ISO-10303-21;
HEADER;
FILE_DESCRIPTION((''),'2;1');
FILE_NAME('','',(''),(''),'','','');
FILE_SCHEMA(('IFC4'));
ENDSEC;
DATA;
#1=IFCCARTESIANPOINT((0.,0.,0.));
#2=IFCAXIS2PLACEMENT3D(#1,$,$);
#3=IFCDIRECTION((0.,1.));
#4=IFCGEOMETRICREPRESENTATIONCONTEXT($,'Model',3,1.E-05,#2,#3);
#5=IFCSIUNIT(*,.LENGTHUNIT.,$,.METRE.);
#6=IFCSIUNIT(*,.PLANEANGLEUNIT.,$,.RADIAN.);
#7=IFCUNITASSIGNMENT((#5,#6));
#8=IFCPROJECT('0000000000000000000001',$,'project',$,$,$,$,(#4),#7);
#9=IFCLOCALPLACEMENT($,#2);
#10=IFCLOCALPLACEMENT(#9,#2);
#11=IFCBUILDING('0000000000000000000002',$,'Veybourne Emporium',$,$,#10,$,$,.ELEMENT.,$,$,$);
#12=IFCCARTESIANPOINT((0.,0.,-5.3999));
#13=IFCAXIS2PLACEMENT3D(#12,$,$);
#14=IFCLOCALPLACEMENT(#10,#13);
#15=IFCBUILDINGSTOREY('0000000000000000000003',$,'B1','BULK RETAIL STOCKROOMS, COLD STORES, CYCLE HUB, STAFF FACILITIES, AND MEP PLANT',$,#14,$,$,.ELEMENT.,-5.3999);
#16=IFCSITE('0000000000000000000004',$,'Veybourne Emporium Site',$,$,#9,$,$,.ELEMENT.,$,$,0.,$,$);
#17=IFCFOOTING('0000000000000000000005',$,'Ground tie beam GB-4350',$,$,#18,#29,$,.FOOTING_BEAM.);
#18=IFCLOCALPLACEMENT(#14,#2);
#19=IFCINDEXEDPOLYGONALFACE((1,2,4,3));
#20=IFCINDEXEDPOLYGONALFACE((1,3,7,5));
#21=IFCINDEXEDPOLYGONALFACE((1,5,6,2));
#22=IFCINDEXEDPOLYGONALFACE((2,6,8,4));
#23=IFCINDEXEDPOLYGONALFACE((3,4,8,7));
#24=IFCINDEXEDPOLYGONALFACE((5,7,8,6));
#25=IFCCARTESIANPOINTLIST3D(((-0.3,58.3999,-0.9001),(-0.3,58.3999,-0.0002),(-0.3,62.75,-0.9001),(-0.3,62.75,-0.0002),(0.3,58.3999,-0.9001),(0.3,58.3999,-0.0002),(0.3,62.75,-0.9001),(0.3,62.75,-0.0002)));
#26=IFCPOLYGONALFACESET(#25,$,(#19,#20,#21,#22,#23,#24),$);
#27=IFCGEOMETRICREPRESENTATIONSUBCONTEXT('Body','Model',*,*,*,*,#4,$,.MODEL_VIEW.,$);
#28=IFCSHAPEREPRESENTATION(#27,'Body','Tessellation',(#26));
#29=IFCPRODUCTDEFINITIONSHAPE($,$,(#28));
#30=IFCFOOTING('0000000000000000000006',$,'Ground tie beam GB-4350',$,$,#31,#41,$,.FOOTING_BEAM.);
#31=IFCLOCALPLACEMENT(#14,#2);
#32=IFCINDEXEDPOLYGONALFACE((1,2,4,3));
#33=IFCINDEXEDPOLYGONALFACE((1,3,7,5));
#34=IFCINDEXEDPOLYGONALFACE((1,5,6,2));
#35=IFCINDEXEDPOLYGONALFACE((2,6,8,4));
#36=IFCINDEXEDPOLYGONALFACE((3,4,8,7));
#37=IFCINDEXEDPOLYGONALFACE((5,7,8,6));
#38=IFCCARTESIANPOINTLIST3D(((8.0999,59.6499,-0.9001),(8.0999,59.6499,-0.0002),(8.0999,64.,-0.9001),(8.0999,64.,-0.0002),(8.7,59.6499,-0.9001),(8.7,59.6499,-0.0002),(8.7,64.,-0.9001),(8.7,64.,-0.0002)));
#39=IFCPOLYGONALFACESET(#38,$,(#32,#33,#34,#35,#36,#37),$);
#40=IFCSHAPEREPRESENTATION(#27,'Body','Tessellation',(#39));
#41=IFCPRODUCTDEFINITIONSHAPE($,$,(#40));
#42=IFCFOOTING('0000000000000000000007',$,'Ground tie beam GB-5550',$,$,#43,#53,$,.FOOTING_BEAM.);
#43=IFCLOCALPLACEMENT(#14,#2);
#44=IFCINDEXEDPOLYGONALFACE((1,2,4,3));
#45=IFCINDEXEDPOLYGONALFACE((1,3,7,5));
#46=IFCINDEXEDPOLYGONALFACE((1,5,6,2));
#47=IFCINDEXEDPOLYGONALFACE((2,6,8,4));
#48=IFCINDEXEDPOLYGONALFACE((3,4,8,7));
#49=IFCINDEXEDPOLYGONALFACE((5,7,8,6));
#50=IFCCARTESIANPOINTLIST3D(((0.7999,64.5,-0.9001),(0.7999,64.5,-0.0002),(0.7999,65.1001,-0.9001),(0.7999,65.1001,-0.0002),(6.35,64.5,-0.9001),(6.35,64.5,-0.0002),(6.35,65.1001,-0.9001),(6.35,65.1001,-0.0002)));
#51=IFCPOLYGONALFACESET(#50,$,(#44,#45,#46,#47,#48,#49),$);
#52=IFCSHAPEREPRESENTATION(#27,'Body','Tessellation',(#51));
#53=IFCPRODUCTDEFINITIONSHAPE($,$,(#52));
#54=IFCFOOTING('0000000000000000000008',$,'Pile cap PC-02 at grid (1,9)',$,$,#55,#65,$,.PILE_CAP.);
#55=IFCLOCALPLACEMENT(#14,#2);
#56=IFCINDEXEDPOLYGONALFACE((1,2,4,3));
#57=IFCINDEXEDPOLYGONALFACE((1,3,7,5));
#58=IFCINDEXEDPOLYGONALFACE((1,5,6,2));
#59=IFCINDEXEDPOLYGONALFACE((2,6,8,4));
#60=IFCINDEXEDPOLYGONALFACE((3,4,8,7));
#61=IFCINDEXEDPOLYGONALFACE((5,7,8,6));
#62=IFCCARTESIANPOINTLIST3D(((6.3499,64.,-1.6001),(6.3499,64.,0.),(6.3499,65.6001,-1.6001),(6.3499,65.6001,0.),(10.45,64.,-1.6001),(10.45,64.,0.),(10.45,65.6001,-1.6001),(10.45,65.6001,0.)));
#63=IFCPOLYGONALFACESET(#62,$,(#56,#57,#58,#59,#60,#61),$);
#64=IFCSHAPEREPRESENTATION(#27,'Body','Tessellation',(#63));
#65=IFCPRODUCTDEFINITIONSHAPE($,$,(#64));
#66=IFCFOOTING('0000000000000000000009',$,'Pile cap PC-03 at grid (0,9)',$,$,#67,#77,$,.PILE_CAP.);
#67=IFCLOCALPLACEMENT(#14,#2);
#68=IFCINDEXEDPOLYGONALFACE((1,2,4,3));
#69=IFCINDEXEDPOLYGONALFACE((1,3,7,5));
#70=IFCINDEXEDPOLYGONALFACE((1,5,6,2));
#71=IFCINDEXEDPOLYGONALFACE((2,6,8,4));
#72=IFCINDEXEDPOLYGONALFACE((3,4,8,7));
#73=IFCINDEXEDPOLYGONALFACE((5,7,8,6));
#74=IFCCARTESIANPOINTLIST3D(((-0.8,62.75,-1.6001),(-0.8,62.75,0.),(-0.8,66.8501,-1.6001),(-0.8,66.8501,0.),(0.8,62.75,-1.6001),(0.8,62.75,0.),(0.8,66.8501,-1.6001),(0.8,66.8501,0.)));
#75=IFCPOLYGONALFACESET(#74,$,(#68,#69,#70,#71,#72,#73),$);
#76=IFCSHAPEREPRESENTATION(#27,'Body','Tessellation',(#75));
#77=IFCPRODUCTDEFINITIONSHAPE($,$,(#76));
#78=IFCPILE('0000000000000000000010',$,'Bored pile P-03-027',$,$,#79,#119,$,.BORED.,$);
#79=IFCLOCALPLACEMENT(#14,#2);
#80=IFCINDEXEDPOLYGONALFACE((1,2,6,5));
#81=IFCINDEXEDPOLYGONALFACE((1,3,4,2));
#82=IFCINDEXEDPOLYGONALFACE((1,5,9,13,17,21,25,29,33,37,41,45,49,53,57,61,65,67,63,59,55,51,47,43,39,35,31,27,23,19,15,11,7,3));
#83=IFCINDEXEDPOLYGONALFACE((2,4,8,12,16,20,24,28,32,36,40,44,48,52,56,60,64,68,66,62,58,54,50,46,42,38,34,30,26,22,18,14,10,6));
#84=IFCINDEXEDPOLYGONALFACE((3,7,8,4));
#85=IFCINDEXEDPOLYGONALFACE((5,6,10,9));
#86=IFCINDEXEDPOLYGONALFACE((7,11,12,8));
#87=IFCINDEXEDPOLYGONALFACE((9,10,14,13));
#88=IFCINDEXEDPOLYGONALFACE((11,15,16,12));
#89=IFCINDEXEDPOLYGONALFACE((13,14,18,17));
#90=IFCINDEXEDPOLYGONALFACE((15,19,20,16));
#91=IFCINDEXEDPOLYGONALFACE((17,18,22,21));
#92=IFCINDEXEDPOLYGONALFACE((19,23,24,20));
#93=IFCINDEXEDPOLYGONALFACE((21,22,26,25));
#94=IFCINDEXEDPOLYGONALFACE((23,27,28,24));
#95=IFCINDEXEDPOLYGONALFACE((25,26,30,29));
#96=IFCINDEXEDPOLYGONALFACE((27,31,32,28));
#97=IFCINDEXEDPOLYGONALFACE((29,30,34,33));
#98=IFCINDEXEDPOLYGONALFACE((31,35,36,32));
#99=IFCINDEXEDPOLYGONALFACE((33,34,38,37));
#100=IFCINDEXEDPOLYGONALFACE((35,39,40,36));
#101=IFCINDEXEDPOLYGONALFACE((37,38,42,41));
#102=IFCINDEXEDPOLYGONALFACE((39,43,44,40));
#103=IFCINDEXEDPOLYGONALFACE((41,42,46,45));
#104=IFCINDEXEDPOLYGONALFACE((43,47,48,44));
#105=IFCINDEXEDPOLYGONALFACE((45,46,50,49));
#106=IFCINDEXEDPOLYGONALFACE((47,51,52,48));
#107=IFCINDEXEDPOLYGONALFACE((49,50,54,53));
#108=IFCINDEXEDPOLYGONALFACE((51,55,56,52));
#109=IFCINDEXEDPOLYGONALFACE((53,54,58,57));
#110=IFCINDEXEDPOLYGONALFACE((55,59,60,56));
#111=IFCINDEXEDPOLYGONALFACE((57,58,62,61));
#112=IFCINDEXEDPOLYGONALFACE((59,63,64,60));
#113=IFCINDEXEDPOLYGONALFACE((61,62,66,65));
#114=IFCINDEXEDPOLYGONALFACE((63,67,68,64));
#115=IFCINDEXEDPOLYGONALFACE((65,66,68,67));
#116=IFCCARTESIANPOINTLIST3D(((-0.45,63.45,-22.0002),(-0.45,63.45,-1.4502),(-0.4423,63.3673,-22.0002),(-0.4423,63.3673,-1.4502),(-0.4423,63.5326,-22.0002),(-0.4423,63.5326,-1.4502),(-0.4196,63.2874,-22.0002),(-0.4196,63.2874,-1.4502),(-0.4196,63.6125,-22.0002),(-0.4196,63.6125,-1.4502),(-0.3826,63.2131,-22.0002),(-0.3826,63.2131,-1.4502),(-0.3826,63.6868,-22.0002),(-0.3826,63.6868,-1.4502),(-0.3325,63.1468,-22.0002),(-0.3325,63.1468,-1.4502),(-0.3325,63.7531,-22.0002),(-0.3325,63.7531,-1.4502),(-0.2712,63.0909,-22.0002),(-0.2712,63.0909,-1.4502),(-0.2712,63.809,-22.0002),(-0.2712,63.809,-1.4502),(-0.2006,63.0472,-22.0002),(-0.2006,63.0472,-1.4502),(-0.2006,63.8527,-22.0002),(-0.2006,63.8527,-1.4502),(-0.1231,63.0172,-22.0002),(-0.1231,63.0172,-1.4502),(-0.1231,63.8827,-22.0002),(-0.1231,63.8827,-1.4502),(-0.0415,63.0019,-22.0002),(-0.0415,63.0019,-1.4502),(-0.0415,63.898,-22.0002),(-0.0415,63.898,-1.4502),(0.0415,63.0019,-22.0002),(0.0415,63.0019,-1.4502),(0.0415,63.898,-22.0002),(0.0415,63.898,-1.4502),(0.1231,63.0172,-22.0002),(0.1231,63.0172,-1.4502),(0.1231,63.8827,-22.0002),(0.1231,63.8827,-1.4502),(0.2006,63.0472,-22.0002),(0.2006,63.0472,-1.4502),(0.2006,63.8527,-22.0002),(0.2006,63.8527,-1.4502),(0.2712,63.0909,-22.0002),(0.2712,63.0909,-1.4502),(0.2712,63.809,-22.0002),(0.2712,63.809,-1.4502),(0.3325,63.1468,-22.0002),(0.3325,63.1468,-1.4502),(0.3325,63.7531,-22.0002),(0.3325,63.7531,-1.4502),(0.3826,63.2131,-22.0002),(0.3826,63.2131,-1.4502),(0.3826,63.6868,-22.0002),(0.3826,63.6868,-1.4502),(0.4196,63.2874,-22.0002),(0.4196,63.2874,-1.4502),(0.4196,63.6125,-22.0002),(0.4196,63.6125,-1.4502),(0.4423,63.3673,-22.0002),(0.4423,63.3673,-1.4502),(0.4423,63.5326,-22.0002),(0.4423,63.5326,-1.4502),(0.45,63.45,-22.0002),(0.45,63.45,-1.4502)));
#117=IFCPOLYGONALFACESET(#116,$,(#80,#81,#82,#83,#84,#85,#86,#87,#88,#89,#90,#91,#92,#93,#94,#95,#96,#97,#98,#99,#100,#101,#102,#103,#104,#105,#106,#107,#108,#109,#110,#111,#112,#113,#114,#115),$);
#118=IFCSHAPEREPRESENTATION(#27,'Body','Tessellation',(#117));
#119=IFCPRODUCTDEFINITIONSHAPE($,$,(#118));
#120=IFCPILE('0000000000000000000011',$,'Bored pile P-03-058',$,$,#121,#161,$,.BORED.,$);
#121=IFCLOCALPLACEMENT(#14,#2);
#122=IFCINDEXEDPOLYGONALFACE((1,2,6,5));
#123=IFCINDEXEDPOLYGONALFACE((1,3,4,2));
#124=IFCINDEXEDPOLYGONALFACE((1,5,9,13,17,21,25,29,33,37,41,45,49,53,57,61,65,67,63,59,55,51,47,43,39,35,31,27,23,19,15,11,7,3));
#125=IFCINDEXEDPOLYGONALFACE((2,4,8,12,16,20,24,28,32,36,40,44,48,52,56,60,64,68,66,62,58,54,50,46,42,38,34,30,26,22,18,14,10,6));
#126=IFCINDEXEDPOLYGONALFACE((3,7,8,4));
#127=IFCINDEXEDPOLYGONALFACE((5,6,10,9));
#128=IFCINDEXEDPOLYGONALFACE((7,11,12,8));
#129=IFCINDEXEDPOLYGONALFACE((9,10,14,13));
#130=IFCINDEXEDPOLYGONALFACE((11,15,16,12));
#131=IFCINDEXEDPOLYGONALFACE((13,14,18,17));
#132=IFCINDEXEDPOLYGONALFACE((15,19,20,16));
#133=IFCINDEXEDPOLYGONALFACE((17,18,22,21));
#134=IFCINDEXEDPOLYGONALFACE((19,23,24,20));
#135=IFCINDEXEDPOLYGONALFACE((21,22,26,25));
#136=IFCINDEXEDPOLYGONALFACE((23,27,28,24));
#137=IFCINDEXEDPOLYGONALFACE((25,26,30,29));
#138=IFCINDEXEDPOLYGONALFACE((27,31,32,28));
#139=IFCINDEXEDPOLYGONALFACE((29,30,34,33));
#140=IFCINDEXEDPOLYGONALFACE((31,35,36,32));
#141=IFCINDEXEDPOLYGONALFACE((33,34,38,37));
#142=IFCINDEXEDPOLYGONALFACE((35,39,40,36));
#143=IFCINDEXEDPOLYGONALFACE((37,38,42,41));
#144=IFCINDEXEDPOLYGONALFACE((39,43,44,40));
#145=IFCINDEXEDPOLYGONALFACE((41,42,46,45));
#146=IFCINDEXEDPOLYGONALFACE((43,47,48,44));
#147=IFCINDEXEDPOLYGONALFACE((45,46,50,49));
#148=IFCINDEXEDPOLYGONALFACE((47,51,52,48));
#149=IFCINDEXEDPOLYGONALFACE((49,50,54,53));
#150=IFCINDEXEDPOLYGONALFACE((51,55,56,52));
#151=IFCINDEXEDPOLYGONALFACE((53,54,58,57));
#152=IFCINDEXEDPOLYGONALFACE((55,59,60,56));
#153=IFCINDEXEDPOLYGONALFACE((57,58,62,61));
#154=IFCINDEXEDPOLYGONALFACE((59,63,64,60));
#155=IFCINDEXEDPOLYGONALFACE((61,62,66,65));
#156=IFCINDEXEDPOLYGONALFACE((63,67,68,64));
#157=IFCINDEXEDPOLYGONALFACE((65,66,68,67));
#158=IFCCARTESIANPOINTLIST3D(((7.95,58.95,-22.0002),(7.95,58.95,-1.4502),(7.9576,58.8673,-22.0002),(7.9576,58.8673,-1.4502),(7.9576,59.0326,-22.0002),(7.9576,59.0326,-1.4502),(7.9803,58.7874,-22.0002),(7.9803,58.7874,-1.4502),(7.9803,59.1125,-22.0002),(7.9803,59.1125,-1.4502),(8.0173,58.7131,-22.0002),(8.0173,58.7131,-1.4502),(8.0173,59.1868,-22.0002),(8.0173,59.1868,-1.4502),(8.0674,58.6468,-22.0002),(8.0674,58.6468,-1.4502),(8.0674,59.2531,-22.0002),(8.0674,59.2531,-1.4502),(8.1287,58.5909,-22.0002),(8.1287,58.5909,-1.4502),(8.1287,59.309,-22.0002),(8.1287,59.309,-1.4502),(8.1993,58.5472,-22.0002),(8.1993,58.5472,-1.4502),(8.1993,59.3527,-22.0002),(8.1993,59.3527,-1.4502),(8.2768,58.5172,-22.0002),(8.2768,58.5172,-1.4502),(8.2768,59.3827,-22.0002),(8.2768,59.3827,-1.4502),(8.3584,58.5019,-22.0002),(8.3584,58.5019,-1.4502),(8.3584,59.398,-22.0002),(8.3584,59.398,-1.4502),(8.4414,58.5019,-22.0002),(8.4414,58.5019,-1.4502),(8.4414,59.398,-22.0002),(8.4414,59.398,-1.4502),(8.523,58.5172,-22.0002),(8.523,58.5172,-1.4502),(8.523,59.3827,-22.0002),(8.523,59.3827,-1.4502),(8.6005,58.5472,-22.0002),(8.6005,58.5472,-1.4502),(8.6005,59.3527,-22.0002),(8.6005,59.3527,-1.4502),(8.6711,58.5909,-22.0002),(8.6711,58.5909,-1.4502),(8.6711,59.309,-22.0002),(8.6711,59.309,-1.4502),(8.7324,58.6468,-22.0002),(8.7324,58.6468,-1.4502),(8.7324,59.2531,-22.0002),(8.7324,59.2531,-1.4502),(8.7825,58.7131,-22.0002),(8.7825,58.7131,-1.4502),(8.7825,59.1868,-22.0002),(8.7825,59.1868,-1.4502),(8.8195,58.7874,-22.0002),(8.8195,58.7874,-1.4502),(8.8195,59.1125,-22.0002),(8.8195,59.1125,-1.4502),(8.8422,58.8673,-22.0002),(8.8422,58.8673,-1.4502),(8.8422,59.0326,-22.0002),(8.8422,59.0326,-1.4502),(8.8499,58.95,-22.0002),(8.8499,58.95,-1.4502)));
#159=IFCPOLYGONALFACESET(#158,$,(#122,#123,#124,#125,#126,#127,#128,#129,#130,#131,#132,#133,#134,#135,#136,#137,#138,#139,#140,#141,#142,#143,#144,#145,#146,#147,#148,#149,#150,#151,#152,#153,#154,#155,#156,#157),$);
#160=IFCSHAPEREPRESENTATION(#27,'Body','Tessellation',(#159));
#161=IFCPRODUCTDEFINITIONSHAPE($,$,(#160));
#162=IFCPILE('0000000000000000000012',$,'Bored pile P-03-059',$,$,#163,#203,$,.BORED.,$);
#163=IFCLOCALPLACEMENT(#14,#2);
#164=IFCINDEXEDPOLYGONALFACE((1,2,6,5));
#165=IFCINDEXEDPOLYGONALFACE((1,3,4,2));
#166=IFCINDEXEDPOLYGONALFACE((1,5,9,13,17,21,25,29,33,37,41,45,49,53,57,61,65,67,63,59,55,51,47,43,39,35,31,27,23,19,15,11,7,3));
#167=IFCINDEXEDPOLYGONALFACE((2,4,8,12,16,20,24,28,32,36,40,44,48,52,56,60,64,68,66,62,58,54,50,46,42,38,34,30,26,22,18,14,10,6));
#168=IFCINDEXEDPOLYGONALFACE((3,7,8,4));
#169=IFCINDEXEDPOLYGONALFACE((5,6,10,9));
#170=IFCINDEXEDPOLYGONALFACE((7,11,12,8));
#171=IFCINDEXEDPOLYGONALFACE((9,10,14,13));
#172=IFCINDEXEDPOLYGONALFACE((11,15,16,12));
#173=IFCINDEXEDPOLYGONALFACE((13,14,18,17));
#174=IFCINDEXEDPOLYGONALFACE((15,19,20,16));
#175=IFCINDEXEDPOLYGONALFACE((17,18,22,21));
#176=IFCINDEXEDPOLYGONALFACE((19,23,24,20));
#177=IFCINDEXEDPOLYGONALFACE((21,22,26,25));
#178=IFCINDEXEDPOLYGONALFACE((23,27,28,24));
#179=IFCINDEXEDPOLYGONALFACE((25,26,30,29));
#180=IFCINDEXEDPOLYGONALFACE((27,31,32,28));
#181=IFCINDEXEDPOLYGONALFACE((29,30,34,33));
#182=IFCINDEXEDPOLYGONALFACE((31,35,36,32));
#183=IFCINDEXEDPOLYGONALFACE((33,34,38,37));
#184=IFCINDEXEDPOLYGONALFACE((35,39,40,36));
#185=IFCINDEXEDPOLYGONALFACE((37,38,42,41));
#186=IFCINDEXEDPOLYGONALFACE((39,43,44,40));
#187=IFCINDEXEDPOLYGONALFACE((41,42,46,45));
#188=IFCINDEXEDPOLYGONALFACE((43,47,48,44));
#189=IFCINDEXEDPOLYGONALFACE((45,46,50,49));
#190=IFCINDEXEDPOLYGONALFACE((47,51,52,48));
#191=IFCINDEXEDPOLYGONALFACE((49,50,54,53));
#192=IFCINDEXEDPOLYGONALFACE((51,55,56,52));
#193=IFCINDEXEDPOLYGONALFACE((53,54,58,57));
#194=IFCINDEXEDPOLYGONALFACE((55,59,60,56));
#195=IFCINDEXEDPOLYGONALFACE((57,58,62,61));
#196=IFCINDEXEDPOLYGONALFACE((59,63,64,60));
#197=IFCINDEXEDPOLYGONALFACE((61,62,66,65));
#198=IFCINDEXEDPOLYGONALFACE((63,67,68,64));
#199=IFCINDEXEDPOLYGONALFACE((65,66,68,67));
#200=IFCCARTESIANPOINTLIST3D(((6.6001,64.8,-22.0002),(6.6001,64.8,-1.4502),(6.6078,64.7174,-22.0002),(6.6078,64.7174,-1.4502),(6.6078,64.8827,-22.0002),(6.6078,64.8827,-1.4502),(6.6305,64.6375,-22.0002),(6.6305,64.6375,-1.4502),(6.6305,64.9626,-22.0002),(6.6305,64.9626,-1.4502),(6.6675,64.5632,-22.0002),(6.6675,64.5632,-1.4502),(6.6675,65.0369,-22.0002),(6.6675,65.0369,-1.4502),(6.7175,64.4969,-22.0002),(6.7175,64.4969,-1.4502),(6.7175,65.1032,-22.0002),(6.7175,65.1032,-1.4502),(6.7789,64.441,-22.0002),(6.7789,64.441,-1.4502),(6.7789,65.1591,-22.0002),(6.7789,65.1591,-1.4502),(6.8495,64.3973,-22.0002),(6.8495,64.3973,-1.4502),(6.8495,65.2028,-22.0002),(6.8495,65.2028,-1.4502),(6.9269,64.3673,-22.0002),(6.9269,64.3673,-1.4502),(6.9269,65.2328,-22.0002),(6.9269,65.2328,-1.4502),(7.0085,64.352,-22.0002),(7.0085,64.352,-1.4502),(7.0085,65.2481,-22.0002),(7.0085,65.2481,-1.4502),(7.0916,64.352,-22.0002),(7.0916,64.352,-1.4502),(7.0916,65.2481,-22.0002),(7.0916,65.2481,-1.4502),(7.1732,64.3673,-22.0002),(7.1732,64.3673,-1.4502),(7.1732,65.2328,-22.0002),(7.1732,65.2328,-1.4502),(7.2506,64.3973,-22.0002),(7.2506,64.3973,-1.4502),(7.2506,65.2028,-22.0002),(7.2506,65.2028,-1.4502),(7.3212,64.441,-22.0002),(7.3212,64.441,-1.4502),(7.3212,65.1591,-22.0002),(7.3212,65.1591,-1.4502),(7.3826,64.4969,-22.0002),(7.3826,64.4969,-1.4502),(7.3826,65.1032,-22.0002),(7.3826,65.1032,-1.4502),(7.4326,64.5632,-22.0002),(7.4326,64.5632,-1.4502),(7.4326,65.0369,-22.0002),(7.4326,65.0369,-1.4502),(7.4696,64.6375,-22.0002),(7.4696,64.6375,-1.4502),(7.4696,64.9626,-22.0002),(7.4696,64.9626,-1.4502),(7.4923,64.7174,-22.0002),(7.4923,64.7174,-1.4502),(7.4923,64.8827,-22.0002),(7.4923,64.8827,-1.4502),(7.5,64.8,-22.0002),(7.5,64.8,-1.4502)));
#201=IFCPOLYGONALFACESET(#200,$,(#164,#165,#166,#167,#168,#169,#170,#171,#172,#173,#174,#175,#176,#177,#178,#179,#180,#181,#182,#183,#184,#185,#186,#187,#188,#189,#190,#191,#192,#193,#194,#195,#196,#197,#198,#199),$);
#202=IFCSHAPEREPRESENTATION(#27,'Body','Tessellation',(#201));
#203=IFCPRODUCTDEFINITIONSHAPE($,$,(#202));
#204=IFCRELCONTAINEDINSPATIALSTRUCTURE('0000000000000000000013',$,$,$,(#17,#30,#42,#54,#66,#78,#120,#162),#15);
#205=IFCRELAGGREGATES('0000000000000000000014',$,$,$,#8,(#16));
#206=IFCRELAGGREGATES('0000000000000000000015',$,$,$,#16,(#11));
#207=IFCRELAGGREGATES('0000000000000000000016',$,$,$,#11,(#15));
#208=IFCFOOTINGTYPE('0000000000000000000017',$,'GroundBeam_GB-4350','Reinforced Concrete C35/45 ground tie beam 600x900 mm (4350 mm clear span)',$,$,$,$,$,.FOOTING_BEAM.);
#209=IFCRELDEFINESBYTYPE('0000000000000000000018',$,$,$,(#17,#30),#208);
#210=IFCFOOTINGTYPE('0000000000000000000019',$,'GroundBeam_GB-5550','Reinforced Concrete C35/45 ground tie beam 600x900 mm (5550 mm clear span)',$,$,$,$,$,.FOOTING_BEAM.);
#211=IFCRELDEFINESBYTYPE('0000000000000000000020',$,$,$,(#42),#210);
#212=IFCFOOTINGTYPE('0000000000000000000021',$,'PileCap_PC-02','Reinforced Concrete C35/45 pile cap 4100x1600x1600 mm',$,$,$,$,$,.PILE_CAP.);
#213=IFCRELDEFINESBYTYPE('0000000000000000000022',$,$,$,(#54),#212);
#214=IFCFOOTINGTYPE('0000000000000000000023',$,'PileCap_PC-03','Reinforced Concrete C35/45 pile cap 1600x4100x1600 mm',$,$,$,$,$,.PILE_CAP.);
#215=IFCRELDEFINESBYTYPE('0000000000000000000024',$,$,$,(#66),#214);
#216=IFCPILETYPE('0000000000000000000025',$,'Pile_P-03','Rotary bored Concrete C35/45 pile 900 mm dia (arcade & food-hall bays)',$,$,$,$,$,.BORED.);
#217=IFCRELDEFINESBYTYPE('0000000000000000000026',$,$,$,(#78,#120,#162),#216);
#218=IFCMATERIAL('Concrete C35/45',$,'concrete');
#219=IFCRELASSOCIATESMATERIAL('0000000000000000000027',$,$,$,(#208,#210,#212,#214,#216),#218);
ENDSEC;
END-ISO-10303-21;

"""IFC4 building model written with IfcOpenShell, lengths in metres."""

from ifc_helpers import new_model, si_unit, direction, frame, origin, origin_2d, place, context, subcontext, project, spatial, rectangle, circle, extrude, material, material_profile, profile_set, type_object, element, save


model = new_model("IFC4")

# Units and contexts
model_context = context("Model", 3, precision=1e-05, world=origin(), true_north=direction((0.0, 1.0)))
body_context = subcontext(model_context, "Body", "Model", "MODEL_VIEW")
ifc_project = project(units=[si_unit("LENGTHUNIT", "METRE"), si_unit("PLANEANGLEUNIT", "RADIAN")], contexts=[model_context])

# Site, building, storey
site_placement = place(None, origin())
site = spatial("IfcSite", under=ifc_project, at=site_placement, Name="Veybourne Emporium Site", CompositionType="ELEMENT", RefElevation=0.0)
building_placement = place(site_placement, origin())
building = spatial("IfcBuilding", under=site, at=building_placement, Name="Veybourne Emporium", CompositionType="ELEMENT")
storey_placement = place(building_placement, frame((0.0, 0.0, -5.3999)))
storey = spatial("IfcBuildingStorey", under=building, at=storey_placement, Name="B1", Description="BULK RETAIL STOCKROOMS, COLD STORES, CYCLE HUB, STAFF FACILITIES, AND MEP PLANT", CompositionType="ELEMENT", Elevation=-5.3999)

# Footings
ifc_material_1 = material(Name="Concrete C35/45", Category="concrete")
footing_type_1 = type_object("IfcFootingType", Name="GroundBeam_GB-4350", Description="Reinforced Concrete C35/45 ground tie beam 600x900 mm (4350 mm clear span)", PredefinedType="FOOTING_BEAM", material=ifc_material_1)
for number, where, z_axis, x_axis, name in (
    (1, (0.0, 60.575, -0.9001), (0.0, 0.0, 1.0), (0.0, 1.0, 0.0), "Ground tie beam GB-4350"),
    (2, (8.3999, 61.825, -0.9001), (0.0, 0.0, 1.0), (0.0, 1.0, 0.0), "Ground tie beam GB-4350"),
):
    element("IfcFooting", number, at=place(storey_placement, frame(where, z_axis=z_axis, x_axis=x_axis)), inside=storey, type_object=footing_type_1, Name=name, PredefinedType="FOOTING_BEAM", context=body_context, shape_type="SweptSolid", body=[
        extrude(rectangle(XDim=4.3501, YDim=0.6001, at=origin_2d()), origin(), (0.0, 0.0, 1.0), 0.8999),
    ])
footing_type_2 = type_object("IfcFootingType", Name="GroundBeam_GB-5550", Description="Reinforced Concrete C35/45 ground tie beam 600x900 mm (5550 mm clear span)", PredefinedType="FOOTING_BEAM", material=ifc_material_1)
footing_1_placement = place(storey_placement, frame((3.575, 64.8, -0.9001), z_axis=(0.0, 0.0, 1.0), x_axis=(1.0, 0.0, 0.0)))
element("IfcFooting", 3, at=footing_1_placement, inside=storey, type_object=footing_type_2, Name="Ground tie beam GB-5550", PredefinedType="FOOTING_BEAM", context=body_context, shape_type="SweptSolid", body=[
    extrude(rectangle(XDim=5.55, YDim=0.6001, at=origin_2d()), origin(), (0.0, 0.0, 1.0), 0.8999),
])
footing_type_3 = type_object("IfcFootingType", Name="PileCap_PC-02", Description="Reinforced Concrete C35/45 pile cap 4100x1600x1600 mm", PredefinedType="PILE_CAP", material=ifc_material_1)
footing_2_placement = place(storey_placement, frame((8.3999, 64.8, -1.6001), z_axis=(0.0, 0.0, 1.0), x_axis=(1.0, 0.0, 0.0)))
element("IfcFooting", 4, at=footing_2_placement, inside=storey, type_object=footing_type_3, Name="Pile cap PC-02 at grid (1,9)", PredefinedType="PILE_CAP", context=body_context, shape_type="SweptSolid", body=[
    extrude(rectangle(XDim=4.1001, YDim=1.6001, at=origin_2d()), origin(), (0.0, 0.0, 1.0), 1.6001),
])
footing_type_4 = type_object("IfcFootingType", Name="PileCap_PC-03", Description="Reinforced Concrete C35/45 pile cap 1600x4100x1600 mm", PredefinedType="PILE_CAP", material=ifc_material_1)
footing_3_placement = place(storey_placement, frame((0.0, 64.8, -1.6001), z_axis=(0.0, 0.0, 1.0), x_axis=(1.0, 0.0, 0.0)))
element("IfcFooting", 5, at=footing_3_placement, inside=storey, type_object=footing_type_4, Name="Pile cap PC-03 at grid (0,9)", PredefinedType="PILE_CAP", context=body_context, shape_type="SweptSolid", body=[
    extrude(rectangle(XDim=1.6001, YDim=4.1001, at=origin_2d()), origin(), (0.0, 0.0, 1.0), 1.6001),
])

# Piles
ifc_material_profile_1 = material_profile(ifc_material_1, circle(Radius=0.45, at=origin_2d()), Name="BORED PILE 900")
ifc_profile_set_1 = profile_set([ifc_material_profile_1], Name="Concrete C35/45")
pile_type = type_object("IfcPileType", Name="Pile_P-03", Description="Rotary bored Concrete C35/45 pile 900 mm dia (arcade & food-hall bays)", PredefinedType="BORED", material=ifc_profile_set_1)
for number, where, z_axis, x_axis, name in (
    (6, (0.0, 63.45, -1.4502), (0.0, 0.0, -1.0), (1.0, 0.0, 0.0), "Bored pile P-03-027"),
    (7, (8.3999, 58.95, -1.4502), (0.0, 0.0, -1.0), (1.0, 0.0, 0.0), "Bored pile P-03-058"),
    (8, (7.05, 64.8, -1.4502), (0.0, 0.0, -1.0), (1.0, 0.0, 0.0), "Bored pile P-03-059"),
):
    element("IfcPile", number, at=place(storey_placement, frame(where, z_axis=z_axis, x_axis=x_axis)), inside=storey, type_object=pile_type, Name=name, PredefinedType="BORED", context=body_context, shape_type="SweptSolid", body=[
        extrude(circle(Radius=0.45, at=origin_2d()), origin(), (0.0, 0.0, 1.0), 20.55),
    ])

save(model, "model.ifc")
